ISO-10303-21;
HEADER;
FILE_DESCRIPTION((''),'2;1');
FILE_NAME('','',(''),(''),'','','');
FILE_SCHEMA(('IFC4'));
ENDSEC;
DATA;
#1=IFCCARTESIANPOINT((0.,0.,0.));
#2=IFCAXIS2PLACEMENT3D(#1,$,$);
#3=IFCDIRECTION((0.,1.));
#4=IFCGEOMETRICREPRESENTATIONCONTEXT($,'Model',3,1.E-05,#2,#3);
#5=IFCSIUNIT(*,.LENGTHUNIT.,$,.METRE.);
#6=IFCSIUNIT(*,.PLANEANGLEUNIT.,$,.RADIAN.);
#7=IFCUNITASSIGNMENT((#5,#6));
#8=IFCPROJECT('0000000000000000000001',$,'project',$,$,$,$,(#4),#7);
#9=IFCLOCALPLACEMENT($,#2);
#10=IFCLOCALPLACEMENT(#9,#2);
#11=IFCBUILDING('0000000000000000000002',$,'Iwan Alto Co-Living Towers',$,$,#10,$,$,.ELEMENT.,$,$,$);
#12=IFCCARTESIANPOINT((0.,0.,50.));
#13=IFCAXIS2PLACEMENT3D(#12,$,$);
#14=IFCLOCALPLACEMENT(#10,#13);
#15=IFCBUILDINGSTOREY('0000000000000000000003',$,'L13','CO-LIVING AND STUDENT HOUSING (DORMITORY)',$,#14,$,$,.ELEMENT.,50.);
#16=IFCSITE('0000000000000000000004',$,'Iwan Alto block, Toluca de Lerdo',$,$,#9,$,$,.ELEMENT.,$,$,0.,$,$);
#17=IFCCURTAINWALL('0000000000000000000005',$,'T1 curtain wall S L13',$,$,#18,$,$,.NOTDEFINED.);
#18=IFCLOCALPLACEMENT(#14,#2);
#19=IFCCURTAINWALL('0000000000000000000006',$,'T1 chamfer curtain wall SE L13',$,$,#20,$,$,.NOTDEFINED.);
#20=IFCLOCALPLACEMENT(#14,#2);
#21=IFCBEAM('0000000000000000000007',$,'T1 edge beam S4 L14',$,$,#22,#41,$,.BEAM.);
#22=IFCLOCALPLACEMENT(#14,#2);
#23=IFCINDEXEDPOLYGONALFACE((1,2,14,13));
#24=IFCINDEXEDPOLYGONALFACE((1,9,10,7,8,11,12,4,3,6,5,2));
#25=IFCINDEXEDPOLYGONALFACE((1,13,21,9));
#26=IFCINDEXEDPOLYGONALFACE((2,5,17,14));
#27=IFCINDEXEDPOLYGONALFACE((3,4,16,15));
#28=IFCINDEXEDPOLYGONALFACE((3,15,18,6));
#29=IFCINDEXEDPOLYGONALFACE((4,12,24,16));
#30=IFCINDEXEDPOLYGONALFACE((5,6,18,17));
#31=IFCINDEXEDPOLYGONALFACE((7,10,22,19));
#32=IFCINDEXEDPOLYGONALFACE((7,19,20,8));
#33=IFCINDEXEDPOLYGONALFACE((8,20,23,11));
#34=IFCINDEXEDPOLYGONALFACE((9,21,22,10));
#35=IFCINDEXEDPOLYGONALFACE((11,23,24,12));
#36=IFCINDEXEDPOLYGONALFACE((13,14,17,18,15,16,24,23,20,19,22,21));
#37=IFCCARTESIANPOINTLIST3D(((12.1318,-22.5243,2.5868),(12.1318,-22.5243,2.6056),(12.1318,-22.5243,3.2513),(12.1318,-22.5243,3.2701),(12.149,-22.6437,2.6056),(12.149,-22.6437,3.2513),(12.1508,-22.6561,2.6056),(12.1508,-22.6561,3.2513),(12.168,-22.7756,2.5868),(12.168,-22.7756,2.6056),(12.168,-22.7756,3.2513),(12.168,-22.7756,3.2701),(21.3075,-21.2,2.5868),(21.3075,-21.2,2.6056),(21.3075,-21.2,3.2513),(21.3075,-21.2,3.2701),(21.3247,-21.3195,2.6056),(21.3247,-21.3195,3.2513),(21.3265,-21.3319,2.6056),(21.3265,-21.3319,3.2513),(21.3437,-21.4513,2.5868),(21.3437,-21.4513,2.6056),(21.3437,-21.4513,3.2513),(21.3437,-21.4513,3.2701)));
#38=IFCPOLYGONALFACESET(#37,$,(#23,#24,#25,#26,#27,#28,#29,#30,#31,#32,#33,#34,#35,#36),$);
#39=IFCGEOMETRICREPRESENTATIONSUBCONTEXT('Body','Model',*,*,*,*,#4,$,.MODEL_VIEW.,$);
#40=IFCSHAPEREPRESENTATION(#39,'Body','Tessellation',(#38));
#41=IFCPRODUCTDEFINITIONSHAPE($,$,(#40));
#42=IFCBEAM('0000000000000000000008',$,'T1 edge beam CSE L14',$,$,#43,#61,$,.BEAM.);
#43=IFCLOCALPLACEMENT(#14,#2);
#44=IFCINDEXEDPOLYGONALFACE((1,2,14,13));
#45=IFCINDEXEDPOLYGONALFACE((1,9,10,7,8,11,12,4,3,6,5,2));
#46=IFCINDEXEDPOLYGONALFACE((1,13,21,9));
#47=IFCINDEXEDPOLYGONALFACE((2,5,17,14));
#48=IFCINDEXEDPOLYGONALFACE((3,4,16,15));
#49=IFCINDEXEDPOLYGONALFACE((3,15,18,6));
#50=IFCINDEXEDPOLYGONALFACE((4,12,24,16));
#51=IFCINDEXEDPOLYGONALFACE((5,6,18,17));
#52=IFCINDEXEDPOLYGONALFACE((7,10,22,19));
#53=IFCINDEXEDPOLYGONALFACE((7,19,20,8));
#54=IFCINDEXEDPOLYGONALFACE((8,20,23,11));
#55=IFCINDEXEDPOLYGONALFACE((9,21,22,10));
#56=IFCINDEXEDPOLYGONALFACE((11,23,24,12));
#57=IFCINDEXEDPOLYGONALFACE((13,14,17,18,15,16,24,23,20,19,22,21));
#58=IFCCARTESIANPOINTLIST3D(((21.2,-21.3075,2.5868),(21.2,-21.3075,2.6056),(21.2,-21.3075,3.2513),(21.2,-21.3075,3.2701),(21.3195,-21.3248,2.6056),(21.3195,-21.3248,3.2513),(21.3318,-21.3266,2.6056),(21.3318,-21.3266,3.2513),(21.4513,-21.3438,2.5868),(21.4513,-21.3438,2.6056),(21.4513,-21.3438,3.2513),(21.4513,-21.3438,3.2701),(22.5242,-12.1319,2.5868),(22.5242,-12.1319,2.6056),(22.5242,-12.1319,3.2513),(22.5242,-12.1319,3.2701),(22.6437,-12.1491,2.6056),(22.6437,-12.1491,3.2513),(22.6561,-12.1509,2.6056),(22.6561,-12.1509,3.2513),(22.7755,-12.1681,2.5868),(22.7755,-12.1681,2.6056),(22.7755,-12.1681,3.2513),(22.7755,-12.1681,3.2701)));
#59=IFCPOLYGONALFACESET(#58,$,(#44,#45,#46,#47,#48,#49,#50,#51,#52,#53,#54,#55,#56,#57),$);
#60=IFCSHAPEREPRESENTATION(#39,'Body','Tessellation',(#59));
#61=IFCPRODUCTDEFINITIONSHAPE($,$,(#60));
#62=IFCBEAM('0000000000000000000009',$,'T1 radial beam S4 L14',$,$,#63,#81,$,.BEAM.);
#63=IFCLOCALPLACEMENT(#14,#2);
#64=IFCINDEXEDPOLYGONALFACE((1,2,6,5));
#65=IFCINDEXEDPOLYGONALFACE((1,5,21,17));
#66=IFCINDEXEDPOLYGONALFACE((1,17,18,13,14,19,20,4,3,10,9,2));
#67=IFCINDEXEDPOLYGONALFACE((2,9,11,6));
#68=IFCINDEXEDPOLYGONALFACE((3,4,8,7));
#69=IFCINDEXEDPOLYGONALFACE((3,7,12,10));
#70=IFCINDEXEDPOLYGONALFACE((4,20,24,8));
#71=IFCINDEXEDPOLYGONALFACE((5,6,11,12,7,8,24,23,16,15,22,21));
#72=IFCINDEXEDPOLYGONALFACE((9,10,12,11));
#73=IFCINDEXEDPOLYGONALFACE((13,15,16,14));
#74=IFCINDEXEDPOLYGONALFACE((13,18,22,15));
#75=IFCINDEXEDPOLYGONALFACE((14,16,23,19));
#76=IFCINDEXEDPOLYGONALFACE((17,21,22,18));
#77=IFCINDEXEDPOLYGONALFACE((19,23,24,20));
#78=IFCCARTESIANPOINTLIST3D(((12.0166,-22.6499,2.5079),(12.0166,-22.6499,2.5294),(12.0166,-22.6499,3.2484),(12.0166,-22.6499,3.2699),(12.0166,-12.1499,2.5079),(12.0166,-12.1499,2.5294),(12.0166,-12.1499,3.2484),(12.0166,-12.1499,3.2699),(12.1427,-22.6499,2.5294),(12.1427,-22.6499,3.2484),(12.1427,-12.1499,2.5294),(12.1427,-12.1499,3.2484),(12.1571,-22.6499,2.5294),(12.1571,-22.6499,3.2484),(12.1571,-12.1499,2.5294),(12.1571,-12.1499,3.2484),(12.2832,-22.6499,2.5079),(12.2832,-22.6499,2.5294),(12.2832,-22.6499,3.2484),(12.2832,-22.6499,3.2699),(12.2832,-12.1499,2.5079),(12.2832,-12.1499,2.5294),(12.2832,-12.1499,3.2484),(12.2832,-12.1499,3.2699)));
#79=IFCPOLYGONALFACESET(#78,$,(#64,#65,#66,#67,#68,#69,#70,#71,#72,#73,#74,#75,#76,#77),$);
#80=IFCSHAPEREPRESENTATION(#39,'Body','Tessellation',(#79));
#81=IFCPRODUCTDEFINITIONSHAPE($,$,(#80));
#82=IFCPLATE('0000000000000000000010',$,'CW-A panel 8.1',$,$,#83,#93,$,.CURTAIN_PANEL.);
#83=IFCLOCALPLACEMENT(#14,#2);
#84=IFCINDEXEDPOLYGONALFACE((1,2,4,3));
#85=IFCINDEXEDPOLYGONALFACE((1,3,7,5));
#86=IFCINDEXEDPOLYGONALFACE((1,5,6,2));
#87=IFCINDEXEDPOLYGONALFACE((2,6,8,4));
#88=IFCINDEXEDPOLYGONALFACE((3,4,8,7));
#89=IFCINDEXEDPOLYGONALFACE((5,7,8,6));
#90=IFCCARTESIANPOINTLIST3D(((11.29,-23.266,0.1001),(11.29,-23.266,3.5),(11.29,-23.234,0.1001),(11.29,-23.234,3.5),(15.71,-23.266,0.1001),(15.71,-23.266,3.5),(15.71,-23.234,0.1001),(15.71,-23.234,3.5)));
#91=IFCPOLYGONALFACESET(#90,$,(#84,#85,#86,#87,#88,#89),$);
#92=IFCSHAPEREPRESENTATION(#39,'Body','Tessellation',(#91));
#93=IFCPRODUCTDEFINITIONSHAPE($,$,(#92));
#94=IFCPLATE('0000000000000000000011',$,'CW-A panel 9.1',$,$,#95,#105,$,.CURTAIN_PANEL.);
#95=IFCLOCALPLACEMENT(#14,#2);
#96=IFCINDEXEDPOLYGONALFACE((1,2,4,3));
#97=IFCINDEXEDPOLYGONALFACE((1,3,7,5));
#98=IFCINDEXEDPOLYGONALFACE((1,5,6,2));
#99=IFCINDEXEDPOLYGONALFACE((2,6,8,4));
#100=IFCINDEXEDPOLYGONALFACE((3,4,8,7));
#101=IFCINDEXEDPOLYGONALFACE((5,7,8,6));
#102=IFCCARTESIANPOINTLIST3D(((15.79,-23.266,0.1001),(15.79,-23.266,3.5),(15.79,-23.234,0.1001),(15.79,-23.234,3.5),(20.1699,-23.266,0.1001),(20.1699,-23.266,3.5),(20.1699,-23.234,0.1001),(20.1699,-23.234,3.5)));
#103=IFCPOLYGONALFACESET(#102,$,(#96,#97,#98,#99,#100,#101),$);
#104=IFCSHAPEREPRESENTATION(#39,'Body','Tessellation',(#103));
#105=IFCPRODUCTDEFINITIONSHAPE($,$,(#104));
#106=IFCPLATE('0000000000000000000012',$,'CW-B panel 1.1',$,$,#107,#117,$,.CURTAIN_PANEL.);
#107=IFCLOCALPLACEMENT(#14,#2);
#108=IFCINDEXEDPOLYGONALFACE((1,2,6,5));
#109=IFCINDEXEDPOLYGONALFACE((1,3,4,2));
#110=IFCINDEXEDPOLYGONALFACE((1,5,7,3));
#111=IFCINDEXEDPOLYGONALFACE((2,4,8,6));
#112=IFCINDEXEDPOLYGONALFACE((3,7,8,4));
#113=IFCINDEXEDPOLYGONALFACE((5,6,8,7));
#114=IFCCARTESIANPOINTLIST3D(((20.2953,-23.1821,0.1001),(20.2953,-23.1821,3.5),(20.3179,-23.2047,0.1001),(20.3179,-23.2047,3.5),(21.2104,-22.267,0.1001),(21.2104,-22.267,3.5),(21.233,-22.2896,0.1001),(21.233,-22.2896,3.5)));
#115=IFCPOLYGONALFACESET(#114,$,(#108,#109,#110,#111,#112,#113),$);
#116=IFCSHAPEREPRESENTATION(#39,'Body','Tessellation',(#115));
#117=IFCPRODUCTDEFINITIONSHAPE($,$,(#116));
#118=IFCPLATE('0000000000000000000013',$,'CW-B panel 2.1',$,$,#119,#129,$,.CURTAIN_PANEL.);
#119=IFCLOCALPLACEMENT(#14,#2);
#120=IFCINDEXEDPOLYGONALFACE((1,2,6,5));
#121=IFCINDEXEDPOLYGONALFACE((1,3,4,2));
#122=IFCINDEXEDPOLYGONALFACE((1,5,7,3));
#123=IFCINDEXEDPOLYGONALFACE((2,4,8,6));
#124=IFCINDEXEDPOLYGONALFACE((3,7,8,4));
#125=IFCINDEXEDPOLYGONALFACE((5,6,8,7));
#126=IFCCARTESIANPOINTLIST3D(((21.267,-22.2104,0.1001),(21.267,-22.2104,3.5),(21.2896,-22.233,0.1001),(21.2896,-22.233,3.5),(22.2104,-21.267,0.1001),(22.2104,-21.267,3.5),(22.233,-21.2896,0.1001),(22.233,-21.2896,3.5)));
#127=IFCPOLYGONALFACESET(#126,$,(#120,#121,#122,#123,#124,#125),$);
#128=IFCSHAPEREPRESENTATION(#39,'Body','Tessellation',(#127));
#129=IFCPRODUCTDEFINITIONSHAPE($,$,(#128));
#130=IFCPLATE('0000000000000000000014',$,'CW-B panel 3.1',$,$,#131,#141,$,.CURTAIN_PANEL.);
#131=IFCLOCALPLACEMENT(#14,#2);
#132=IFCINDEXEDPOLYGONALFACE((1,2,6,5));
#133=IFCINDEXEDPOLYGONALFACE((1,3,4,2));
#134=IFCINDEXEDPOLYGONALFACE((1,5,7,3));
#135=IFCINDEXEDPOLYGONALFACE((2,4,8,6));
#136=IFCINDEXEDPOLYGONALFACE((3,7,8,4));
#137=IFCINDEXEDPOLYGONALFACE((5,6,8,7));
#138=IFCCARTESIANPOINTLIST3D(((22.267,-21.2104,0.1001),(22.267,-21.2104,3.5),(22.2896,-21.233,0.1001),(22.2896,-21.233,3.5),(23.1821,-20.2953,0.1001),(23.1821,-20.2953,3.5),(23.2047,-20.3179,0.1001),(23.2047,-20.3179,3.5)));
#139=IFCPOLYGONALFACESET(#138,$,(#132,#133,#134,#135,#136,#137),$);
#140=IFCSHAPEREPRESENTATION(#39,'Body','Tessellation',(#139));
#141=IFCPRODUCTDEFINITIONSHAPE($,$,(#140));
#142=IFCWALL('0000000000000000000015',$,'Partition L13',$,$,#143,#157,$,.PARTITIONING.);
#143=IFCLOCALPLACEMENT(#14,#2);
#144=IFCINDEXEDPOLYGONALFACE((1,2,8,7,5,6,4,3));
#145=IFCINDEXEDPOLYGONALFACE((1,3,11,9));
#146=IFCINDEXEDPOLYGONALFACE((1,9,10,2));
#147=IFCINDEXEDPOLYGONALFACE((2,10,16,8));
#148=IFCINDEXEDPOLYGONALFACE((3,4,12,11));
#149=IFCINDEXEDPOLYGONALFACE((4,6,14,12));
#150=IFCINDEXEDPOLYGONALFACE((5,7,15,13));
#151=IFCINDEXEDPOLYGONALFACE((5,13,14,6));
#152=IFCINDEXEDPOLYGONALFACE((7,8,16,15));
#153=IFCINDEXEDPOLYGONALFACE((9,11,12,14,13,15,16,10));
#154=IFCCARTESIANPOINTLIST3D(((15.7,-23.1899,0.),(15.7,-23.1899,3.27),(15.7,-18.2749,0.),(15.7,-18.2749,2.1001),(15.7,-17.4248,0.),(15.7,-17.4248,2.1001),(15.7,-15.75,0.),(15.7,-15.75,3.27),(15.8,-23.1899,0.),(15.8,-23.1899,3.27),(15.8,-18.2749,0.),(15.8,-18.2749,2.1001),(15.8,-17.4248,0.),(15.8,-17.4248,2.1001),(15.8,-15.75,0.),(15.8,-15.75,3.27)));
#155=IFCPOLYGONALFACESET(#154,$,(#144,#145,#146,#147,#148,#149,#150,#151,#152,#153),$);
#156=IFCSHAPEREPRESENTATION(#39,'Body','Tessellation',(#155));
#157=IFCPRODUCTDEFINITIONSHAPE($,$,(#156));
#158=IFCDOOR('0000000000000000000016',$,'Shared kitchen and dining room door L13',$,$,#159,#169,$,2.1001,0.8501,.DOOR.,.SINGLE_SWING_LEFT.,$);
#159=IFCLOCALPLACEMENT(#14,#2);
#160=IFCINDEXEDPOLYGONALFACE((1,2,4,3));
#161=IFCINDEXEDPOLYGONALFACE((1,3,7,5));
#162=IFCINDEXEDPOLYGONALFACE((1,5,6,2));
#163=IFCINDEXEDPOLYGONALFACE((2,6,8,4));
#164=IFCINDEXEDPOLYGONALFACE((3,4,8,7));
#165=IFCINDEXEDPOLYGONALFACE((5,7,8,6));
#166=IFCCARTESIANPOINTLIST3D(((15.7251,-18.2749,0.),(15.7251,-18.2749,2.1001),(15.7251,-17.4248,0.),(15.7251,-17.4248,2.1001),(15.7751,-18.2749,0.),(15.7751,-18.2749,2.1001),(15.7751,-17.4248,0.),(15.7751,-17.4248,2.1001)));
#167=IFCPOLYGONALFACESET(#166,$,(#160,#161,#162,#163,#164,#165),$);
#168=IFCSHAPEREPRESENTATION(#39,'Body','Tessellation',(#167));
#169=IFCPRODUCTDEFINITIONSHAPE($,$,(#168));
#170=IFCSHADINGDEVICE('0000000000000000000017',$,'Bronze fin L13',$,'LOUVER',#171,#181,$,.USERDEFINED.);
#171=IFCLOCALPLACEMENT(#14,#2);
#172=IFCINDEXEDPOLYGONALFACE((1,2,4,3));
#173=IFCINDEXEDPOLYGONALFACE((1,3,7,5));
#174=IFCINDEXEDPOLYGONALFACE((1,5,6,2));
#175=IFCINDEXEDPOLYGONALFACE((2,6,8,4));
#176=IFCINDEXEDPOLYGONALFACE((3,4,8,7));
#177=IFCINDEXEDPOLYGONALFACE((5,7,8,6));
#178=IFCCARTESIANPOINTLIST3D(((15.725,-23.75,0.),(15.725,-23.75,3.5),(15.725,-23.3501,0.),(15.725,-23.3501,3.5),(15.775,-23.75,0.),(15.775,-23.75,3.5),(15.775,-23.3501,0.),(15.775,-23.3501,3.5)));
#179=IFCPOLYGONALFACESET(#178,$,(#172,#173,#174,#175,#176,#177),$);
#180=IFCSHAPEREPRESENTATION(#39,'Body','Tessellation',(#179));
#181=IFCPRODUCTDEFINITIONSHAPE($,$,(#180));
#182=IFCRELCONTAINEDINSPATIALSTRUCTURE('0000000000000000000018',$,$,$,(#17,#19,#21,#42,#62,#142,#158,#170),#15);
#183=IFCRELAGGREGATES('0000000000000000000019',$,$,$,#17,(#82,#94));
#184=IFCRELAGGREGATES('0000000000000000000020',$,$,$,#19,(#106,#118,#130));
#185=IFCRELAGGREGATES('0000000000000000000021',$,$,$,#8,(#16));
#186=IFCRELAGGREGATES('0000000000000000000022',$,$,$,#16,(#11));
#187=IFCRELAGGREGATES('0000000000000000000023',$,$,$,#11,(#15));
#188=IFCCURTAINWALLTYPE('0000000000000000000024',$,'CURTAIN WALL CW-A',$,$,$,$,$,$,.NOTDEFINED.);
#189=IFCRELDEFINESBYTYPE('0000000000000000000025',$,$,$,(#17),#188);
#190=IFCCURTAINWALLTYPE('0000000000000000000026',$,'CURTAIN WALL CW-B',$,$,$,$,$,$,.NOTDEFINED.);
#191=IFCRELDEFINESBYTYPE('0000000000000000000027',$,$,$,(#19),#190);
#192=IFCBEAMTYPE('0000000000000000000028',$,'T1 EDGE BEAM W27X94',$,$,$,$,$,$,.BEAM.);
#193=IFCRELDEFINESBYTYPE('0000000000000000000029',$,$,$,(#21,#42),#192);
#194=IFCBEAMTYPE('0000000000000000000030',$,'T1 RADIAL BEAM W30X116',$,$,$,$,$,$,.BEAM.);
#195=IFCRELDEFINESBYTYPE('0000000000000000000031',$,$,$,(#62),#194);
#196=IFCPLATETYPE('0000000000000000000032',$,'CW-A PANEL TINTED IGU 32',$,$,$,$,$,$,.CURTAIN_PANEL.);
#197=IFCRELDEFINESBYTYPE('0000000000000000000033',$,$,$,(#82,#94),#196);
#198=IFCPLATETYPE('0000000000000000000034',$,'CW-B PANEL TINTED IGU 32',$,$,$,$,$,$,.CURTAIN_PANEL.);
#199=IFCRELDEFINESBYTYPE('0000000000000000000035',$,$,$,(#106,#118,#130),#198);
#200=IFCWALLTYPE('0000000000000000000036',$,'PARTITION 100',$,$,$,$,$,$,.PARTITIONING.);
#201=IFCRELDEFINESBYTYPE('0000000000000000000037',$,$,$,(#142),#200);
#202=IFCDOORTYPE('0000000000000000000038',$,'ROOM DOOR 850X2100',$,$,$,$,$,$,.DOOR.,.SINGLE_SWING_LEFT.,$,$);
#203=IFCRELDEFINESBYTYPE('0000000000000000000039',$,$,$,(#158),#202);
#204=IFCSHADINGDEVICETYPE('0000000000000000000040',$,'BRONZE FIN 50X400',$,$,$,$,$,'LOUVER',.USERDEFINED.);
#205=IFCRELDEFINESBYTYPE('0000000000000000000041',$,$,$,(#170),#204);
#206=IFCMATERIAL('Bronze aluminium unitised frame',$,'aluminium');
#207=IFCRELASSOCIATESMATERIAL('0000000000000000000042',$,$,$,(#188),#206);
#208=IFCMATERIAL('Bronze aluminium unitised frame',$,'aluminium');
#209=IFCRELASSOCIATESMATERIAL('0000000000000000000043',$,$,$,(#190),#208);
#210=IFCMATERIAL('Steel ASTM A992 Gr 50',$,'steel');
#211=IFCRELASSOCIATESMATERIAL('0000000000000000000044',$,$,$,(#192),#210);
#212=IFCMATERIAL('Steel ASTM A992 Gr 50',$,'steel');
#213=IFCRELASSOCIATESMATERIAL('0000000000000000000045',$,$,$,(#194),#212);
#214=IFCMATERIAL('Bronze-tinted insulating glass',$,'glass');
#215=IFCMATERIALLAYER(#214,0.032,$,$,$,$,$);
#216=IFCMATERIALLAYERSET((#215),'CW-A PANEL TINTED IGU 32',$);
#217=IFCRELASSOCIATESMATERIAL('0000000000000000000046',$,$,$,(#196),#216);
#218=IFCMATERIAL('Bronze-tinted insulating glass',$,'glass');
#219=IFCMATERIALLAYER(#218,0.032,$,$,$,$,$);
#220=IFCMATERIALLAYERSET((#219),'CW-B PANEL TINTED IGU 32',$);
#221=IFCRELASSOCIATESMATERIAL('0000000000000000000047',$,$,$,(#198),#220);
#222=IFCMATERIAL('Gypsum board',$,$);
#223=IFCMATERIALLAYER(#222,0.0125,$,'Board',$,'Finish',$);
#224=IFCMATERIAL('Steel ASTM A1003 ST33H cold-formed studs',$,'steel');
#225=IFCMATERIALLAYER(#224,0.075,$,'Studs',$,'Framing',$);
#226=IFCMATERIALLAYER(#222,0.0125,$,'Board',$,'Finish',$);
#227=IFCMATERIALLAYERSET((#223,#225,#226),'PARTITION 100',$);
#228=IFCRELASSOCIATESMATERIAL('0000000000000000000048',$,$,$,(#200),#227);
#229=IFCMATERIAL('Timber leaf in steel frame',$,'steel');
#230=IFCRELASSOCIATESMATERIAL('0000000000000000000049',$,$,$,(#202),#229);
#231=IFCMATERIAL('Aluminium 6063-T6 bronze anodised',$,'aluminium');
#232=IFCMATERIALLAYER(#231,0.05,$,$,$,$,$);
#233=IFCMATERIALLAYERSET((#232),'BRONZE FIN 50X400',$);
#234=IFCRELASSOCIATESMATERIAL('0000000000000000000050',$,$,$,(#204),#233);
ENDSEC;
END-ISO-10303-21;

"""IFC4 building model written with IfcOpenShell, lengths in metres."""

from ifc_helpers import new_model, si_unit, direction, frame, frame_2d, origin, origin_2d, place, context, subcontext, project, spatial, rectangle, i_section, extrude, material, layer, layer_set, material_profile, profile_set, type_object, element, fill, aggregate, save


model = new_model("IFC4")

# Units and contexts
model_context = context("Model", 3, precision=1e-05, world=origin(), true_north=direction((0.0, 1.0)))
body_context = subcontext(model_context, "Body", "Model", "MODEL_VIEW")
ifc_project = project(units=[si_unit("LENGTHUNIT", "METRE"), si_unit("PLANEANGLEUNIT", "RADIAN")], contexts=[model_context])

# Site, building, storey
site_placement = place(None, origin())
site = spatial("IfcSite", under=ifc_project, at=site_placement, Name="Iwan Alto block, Toluca de Lerdo", CompositionType="ELEMENT", RefElevation=0.0)
building_placement = place(site_placement, origin())
building = spatial("IfcBuilding", under=site, at=building_placement, Name="Iwan Alto Co-Living Towers", CompositionType="ELEMENT")
storey_placement = place(building_placement, frame((0.0, 0.0, 50.0)))
storey = spatial("IfcBuildingStorey", under=building, at=storey_placement, Name="L13", Description="CO-LIVING AND STUDENT HOUSING (DORMITORY)", CompositionType="ELEMENT", Elevation=50.0)

# Curtain walls
ifc_material_1 = material(Name="Bronze aluminium unitised frame", Category="aluminium")
curtain_wall_type_1 = type_object("IfcCurtainWallType", Name="CURTAIN WALL CW-A", PredefinedType="NOTDEFINED", material=ifc_material_1)
curtain_wall_1_placement = place(storey_placement, origin())
curtain_wall_1 = element("IfcCurtainWall", 1, at=curtain_wall_1_placement, inside=storey, type_object=curtain_wall_type_1, Name="T1 curtain wall S L13", PredefinedType="NOTDEFINED")
ifc_material_2 = material(Name="Bronze aluminium unitised frame", Category="aluminium")
curtain_wall_type_2 = type_object("IfcCurtainWallType", Name="CURTAIN WALL CW-B", PredefinedType="NOTDEFINED", material=ifc_material_2)
curtain_wall_2_placement = place(storey_placement, origin())
curtain_wall_2 = element("IfcCurtainWall", 2, at=curtain_wall_2_placement, inside=storey, type_object=curtain_wall_type_2, Name="T1 chamfer curtain wall SE L13", PredefinedType="NOTDEFINED")

# Beams
ifc_material_3 = material(Name="Steel ASTM A992 Gr 50", Category="steel")
ifc_material_profile_1 = material_profile(ifc_material_3, i_section(OverallWidth=0.2539, OverallDepth=0.6833, WebThickness=0.0125, FlangeThickness=0.0188, at=origin_2d()), Name="W27X94")
ifc_profile_set_1 = profile_set([ifc_material_profile_1], Name="Steel ASTM A992 Gr 50")
beam_type_1 = type_object("IfcBeamType", Name="T1 EDGE BEAM W27X94", PredefinedType="BEAM", material=ifc_profile_set_1)
for number, where, z_axis, x_axis, name in (
    (3, (12.1499, -22.6499, 2.9285), (0.989746, 0.142837, 0.0), (-0.142837, 0.989746, 0.0), "T1 edge beam S4 L14"),
    (4, (21.3257, -21.3257, 2.9285), (0.142837, 0.989746, 0.0), (-0.989746, 0.142837, 0.0), "T1 edge beam CSE L14"),
):
    element("IfcBeam", number, at=place(storey_placement, frame(where, z_axis=z_axis, x_axis=x_axis)), inside=storey, type_object=beam_type_1, Name=name, PredefinedType="BEAM", context=body_context, shape_type="SweptSolid", body=[
        extrude(i_section(OverallWidth=0.2539, OverallDepth=0.6833, WebThickness=0.0125, FlangeThickness=0.0188, at=origin_2d()), origin(), (0.0, 0.0, 1.0), 9.2708),
    ])
ifc_material_4 = material(Name="Steel ASTM A992 Gr 50", Category="steel")
ifc_material_profile_2 = material_profile(ifc_material_4, i_section(OverallWidth=0.2666, OverallDepth=0.762, WebThickness=0.0144, FlangeThickness=0.0215, at=origin_2d()), Name="W30X116")
ifc_profile_set_2 = profile_set([ifc_material_profile_2], Name="Steel ASTM A992 Gr 50")
beam_type_2 = type_object("IfcBeamType", Name="T1 RADIAL BEAM W30X116", PredefinedType="BEAM", material=ifc_profile_set_2)
beam_1_placement = place(storey_placement, frame((12.1499, -22.6499, 2.8889), z_axis=(0.0, 1.0, 0.0), x_axis=(-1.0, 0.0, 0.0)))
element("IfcBeam", 5, at=beam_1_placement, inside=storey, type_object=beam_type_2, Name="T1 radial beam S4 L14", PredefinedType="BEAM", context=body_context, shape_type="SweptSolid", body=[
    extrude(i_section(OverallWidth=0.2666, OverallDepth=0.762, WebThickness=0.0144, FlangeThickness=0.0215, at=origin_2d()), origin(), (0.0, 0.0, 1.0), 10.5),
])

# Plates
ifc_material_5 = material(Name="Bronze-tinted insulating glass", Category="glass")
ifc_layer_1 = layer(ifc_material_5, 0.032)
ifc_layer_set_1 = layer_set([ifc_layer_1], Name="CW-A PANEL TINTED IGU 32")
plate_type_1 = type_object("IfcPlateType", Name="CW-A PANEL TINTED IGU 32", PredefinedType="CURTAIN_PANEL", material=ifc_layer_set_1)
plate_1_placement = place(storey_placement, frame((13.5, -23.25, 0.1001), z_axis=(0.0, 0.0, 1.0), x_axis=(1.0, 0.0, 0.0)))
plate_1 = element("IfcPlate", 6, at=plate_1_placement, type_object=plate_type_1, Name="CW-A panel 8.1", PredefinedType="CURTAIN_PANEL", context=body_context, shape_type="SweptSolid", body=[
    extrude(rectangle(XDim=4.4199, YDim=0.032, at=origin_2d()), origin(), (0.0, 0.0, 1.0), 3.3999),
])
plate_2_placement = place(storey_placement, frame((17.98, -23.25, 0.1001), z_axis=(0.0, 0.0, 1.0), x_axis=(1.0, 0.0, 0.0)))
plate_2 = element("IfcPlate", 7, at=plate_2_placement, type_object=plate_type_1, Name="CW-A panel 9.1", PredefinedType="CURTAIN_PANEL", context=body_context, shape_type="SweptSolid", body=[
    extrude(rectangle(XDim=4.3799, YDim=0.032, at=origin_2d()), origin(), (0.0, 0.0, 1.0), 3.3999),
])
aggregate(curtain_wall_1, [plate_1, plate_2])
ifc_material_6 = material(Name="Bronze-tinted insulating glass", Category="glass")
ifc_layer_2 = layer(ifc_material_6, 0.032)
ifc_layer_set_2 = layer_set([ifc_layer_2], Name="CW-B PANEL TINTED IGU 32")
plate_type_2 = type_object("IfcPlateType", Name="CW-B PANEL TINTED IGU 32", PredefinedType="CURTAIN_PANEL", material=ifc_layer_set_2)
plate_3_placement = place(storey_placement, frame((20.7642, -22.7358, 0.1001), z_axis=(0.0, 0.0, 1.0), x_axis=(0.707107, 0.707107, 0.0)))
plate_3 = element("IfcPlate", 8, at=plate_3_placement, type_object=plate_type_2, Name="CW-B panel 1.1", PredefinedType="CURTAIN_PANEL", context=body_context, shape_type="SweptSolid", body=[
    extrude(rectangle(XDim=1.2942, YDim=0.032, at=origin_2d()), origin(), (0.0, 0.0, 1.0), 3.3999),
])
plate_4_placement = place(storey_placement, frame((21.75, -21.75, 0.1001), z_axis=(0.0, 0.0, 1.0), x_axis=(0.707107, 0.707107, 0.0)))
plate_4 = element("IfcPlate", 9, at=plate_4_placement, type_object=plate_type_2, Name="CW-B panel 2.1", PredefinedType="CURTAIN_PANEL", context=body_context, shape_type="SweptSolid", body=[
    extrude(rectangle(XDim=1.3342, YDim=0.032, at=origin_2d()), origin(), (0.0, 0.0, 1.0), 3.3999),
])
plate_5_placement = place(storey_placement, frame((22.7358, -20.7642, 0.1001), z_axis=(0.0, 0.0, 1.0), x_axis=(0.707107, 0.707107, 0.0)))
plate_5 = element("IfcPlate", 10, at=plate_5_placement, type_object=plate_type_2, Name="CW-B panel 3.1", PredefinedType="CURTAIN_PANEL", context=body_context, shape_type="SweptSolid", body=[
    extrude(rectangle(XDim=1.2942, YDim=0.032, at=origin_2d()), origin(), (0.0, 0.0, 1.0), 3.3999),
])
aggregate(curtain_wall_2, [plate_3, plate_4, plate_5])

# Wall, opening, door
ifc_material_7 = material(Name="Gypsum board")
ifc_layer_3 = layer(ifc_material_7, 0.0125, Name="Board", Category="Finish")
ifc_material_8 = material(Name="Steel ASTM A1003 ST33H cold-formed studs", Category="steel")
ifc_layer_4 = layer(ifc_material_8, 0.075, Name="Studs", Category="Framing")
ifc_layer_5 = layer(ifc_material_7, 0.0125, Name="Board", Category="Finish")
ifc_layer_set_3 = layer_set([ifc_layer_3, ifc_layer_4, ifc_layer_5], Name="PARTITION 100")
wall_type = type_object("IfcWallType", Name="PARTITION 100", PredefinedType="PARTITIONING", material=ifc_layer_set_3)
wall_placement = place(storey_placement, frame((15.75, -23.1899, 0.0), z_axis=(0.0, 0.0, 1.0), x_axis=(0.0, 1.0, 0.0)))
wall = element("IfcWall", 11, at=wall_placement, inside=storey, type_object=wall_type, Name="Partition L13", PredefinedType="PARTITIONING", context=body_context, shape_type="SweptSolid", body=[
    extrude(rectangle(XDim=7.4399, YDim=0.1001, at=frame_2d((3.72, 0.0))), origin(), (0.0, 0.0, 1.0), 3.27),
])
opening_placement = place(wall_placement, frame((4.915, 0.0, 0.0)))
opening = element("IfcOpeningElement", 12, at=opening_placement, cuts=wall, PredefinedType="OPENING", context=body_context, shape_type="SweptSolid", body=[
    extrude(rectangle(XDim=0.8501, YDim=2.1001, at=frame_2d((0.425, 1.05))), frame((0.0, 0.0601, 0.0), z_axis=(0.0, -1.0, 0.0), x_axis=(1.0, 0.0, 0.0)), (0.0, 0.0, 1.0), 0.1201),
])
ifc_material_9 = material(Name="Timber leaf in steel frame", Category="steel")
door_type = type_object("IfcDoorType", Name="ROOM DOOR 850X2100", OperationType="SINGLE_SWING_LEFT", PredefinedType="DOOR", material=ifc_material_9)
door_placement = place(opening_placement, origin())
door = element("IfcDoor", 13, at=door_placement, inside=storey, type_object=door_type, Name="Shared kitchen and dining room door L13", OperationType="SINGLE_SWING_LEFT", OverallHeight=2.1001, OverallWidth=0.8501, PredefinedType="DOOR", context=body_context, shape_type="SweptSolid", body=[
    extrude(rectangle(XDim=0.8501, YDim=2.1001, at=frame_2d((0.425, 1.05))), frame((0.0, 0.0249, 0.0), z_axis=(0.0, -1.0, 0.0), x_axis=(1.0, 0.0, 0.0)), (0.0, 0.0, 1.0), 0.05),
])
fill(opening, door)

# Shading device
ifc_material_10 = material(Name="Aluminium 6063-T6 bronze anodised", Category="aluminium")
ifc_layer_6 = layer(ifc_material_10, 0.05)
ifc_layer_set_4 = layer_set([ifc_layer_6], Name="BRONZE FIN 50X400")
shading_device_type = type_object("IfcShadingDeviceType", Name="BRONZE FIN 50X400", ElementType="LOUVER", PredefinedType="USERDEFINED", material=ifc_layer_set_4)
shading_device_placement = place(storey_placement, frame((15.75, -23.55, 0.0), z_axis=(0.0, 0.0, 1.0), x_axis=(1.0, 0.0, 0.0)))
element("IfcShadingDevice", 14, at=shading_device_placement, inside=storey, type_object=shading_device_type, Name="Bronze fin L13", ObjectType="LOUVER", PredefinedType="USERDEFINED", context=body_context, shape_type="SweptSolid", body=[
    extrude(rectangle(XDim=0.05, YDim=0.3999, at=origin_2d()), origin(), (0.0, 0.0, 1.0), 3.5),
])

save(model, "model.ifc")
